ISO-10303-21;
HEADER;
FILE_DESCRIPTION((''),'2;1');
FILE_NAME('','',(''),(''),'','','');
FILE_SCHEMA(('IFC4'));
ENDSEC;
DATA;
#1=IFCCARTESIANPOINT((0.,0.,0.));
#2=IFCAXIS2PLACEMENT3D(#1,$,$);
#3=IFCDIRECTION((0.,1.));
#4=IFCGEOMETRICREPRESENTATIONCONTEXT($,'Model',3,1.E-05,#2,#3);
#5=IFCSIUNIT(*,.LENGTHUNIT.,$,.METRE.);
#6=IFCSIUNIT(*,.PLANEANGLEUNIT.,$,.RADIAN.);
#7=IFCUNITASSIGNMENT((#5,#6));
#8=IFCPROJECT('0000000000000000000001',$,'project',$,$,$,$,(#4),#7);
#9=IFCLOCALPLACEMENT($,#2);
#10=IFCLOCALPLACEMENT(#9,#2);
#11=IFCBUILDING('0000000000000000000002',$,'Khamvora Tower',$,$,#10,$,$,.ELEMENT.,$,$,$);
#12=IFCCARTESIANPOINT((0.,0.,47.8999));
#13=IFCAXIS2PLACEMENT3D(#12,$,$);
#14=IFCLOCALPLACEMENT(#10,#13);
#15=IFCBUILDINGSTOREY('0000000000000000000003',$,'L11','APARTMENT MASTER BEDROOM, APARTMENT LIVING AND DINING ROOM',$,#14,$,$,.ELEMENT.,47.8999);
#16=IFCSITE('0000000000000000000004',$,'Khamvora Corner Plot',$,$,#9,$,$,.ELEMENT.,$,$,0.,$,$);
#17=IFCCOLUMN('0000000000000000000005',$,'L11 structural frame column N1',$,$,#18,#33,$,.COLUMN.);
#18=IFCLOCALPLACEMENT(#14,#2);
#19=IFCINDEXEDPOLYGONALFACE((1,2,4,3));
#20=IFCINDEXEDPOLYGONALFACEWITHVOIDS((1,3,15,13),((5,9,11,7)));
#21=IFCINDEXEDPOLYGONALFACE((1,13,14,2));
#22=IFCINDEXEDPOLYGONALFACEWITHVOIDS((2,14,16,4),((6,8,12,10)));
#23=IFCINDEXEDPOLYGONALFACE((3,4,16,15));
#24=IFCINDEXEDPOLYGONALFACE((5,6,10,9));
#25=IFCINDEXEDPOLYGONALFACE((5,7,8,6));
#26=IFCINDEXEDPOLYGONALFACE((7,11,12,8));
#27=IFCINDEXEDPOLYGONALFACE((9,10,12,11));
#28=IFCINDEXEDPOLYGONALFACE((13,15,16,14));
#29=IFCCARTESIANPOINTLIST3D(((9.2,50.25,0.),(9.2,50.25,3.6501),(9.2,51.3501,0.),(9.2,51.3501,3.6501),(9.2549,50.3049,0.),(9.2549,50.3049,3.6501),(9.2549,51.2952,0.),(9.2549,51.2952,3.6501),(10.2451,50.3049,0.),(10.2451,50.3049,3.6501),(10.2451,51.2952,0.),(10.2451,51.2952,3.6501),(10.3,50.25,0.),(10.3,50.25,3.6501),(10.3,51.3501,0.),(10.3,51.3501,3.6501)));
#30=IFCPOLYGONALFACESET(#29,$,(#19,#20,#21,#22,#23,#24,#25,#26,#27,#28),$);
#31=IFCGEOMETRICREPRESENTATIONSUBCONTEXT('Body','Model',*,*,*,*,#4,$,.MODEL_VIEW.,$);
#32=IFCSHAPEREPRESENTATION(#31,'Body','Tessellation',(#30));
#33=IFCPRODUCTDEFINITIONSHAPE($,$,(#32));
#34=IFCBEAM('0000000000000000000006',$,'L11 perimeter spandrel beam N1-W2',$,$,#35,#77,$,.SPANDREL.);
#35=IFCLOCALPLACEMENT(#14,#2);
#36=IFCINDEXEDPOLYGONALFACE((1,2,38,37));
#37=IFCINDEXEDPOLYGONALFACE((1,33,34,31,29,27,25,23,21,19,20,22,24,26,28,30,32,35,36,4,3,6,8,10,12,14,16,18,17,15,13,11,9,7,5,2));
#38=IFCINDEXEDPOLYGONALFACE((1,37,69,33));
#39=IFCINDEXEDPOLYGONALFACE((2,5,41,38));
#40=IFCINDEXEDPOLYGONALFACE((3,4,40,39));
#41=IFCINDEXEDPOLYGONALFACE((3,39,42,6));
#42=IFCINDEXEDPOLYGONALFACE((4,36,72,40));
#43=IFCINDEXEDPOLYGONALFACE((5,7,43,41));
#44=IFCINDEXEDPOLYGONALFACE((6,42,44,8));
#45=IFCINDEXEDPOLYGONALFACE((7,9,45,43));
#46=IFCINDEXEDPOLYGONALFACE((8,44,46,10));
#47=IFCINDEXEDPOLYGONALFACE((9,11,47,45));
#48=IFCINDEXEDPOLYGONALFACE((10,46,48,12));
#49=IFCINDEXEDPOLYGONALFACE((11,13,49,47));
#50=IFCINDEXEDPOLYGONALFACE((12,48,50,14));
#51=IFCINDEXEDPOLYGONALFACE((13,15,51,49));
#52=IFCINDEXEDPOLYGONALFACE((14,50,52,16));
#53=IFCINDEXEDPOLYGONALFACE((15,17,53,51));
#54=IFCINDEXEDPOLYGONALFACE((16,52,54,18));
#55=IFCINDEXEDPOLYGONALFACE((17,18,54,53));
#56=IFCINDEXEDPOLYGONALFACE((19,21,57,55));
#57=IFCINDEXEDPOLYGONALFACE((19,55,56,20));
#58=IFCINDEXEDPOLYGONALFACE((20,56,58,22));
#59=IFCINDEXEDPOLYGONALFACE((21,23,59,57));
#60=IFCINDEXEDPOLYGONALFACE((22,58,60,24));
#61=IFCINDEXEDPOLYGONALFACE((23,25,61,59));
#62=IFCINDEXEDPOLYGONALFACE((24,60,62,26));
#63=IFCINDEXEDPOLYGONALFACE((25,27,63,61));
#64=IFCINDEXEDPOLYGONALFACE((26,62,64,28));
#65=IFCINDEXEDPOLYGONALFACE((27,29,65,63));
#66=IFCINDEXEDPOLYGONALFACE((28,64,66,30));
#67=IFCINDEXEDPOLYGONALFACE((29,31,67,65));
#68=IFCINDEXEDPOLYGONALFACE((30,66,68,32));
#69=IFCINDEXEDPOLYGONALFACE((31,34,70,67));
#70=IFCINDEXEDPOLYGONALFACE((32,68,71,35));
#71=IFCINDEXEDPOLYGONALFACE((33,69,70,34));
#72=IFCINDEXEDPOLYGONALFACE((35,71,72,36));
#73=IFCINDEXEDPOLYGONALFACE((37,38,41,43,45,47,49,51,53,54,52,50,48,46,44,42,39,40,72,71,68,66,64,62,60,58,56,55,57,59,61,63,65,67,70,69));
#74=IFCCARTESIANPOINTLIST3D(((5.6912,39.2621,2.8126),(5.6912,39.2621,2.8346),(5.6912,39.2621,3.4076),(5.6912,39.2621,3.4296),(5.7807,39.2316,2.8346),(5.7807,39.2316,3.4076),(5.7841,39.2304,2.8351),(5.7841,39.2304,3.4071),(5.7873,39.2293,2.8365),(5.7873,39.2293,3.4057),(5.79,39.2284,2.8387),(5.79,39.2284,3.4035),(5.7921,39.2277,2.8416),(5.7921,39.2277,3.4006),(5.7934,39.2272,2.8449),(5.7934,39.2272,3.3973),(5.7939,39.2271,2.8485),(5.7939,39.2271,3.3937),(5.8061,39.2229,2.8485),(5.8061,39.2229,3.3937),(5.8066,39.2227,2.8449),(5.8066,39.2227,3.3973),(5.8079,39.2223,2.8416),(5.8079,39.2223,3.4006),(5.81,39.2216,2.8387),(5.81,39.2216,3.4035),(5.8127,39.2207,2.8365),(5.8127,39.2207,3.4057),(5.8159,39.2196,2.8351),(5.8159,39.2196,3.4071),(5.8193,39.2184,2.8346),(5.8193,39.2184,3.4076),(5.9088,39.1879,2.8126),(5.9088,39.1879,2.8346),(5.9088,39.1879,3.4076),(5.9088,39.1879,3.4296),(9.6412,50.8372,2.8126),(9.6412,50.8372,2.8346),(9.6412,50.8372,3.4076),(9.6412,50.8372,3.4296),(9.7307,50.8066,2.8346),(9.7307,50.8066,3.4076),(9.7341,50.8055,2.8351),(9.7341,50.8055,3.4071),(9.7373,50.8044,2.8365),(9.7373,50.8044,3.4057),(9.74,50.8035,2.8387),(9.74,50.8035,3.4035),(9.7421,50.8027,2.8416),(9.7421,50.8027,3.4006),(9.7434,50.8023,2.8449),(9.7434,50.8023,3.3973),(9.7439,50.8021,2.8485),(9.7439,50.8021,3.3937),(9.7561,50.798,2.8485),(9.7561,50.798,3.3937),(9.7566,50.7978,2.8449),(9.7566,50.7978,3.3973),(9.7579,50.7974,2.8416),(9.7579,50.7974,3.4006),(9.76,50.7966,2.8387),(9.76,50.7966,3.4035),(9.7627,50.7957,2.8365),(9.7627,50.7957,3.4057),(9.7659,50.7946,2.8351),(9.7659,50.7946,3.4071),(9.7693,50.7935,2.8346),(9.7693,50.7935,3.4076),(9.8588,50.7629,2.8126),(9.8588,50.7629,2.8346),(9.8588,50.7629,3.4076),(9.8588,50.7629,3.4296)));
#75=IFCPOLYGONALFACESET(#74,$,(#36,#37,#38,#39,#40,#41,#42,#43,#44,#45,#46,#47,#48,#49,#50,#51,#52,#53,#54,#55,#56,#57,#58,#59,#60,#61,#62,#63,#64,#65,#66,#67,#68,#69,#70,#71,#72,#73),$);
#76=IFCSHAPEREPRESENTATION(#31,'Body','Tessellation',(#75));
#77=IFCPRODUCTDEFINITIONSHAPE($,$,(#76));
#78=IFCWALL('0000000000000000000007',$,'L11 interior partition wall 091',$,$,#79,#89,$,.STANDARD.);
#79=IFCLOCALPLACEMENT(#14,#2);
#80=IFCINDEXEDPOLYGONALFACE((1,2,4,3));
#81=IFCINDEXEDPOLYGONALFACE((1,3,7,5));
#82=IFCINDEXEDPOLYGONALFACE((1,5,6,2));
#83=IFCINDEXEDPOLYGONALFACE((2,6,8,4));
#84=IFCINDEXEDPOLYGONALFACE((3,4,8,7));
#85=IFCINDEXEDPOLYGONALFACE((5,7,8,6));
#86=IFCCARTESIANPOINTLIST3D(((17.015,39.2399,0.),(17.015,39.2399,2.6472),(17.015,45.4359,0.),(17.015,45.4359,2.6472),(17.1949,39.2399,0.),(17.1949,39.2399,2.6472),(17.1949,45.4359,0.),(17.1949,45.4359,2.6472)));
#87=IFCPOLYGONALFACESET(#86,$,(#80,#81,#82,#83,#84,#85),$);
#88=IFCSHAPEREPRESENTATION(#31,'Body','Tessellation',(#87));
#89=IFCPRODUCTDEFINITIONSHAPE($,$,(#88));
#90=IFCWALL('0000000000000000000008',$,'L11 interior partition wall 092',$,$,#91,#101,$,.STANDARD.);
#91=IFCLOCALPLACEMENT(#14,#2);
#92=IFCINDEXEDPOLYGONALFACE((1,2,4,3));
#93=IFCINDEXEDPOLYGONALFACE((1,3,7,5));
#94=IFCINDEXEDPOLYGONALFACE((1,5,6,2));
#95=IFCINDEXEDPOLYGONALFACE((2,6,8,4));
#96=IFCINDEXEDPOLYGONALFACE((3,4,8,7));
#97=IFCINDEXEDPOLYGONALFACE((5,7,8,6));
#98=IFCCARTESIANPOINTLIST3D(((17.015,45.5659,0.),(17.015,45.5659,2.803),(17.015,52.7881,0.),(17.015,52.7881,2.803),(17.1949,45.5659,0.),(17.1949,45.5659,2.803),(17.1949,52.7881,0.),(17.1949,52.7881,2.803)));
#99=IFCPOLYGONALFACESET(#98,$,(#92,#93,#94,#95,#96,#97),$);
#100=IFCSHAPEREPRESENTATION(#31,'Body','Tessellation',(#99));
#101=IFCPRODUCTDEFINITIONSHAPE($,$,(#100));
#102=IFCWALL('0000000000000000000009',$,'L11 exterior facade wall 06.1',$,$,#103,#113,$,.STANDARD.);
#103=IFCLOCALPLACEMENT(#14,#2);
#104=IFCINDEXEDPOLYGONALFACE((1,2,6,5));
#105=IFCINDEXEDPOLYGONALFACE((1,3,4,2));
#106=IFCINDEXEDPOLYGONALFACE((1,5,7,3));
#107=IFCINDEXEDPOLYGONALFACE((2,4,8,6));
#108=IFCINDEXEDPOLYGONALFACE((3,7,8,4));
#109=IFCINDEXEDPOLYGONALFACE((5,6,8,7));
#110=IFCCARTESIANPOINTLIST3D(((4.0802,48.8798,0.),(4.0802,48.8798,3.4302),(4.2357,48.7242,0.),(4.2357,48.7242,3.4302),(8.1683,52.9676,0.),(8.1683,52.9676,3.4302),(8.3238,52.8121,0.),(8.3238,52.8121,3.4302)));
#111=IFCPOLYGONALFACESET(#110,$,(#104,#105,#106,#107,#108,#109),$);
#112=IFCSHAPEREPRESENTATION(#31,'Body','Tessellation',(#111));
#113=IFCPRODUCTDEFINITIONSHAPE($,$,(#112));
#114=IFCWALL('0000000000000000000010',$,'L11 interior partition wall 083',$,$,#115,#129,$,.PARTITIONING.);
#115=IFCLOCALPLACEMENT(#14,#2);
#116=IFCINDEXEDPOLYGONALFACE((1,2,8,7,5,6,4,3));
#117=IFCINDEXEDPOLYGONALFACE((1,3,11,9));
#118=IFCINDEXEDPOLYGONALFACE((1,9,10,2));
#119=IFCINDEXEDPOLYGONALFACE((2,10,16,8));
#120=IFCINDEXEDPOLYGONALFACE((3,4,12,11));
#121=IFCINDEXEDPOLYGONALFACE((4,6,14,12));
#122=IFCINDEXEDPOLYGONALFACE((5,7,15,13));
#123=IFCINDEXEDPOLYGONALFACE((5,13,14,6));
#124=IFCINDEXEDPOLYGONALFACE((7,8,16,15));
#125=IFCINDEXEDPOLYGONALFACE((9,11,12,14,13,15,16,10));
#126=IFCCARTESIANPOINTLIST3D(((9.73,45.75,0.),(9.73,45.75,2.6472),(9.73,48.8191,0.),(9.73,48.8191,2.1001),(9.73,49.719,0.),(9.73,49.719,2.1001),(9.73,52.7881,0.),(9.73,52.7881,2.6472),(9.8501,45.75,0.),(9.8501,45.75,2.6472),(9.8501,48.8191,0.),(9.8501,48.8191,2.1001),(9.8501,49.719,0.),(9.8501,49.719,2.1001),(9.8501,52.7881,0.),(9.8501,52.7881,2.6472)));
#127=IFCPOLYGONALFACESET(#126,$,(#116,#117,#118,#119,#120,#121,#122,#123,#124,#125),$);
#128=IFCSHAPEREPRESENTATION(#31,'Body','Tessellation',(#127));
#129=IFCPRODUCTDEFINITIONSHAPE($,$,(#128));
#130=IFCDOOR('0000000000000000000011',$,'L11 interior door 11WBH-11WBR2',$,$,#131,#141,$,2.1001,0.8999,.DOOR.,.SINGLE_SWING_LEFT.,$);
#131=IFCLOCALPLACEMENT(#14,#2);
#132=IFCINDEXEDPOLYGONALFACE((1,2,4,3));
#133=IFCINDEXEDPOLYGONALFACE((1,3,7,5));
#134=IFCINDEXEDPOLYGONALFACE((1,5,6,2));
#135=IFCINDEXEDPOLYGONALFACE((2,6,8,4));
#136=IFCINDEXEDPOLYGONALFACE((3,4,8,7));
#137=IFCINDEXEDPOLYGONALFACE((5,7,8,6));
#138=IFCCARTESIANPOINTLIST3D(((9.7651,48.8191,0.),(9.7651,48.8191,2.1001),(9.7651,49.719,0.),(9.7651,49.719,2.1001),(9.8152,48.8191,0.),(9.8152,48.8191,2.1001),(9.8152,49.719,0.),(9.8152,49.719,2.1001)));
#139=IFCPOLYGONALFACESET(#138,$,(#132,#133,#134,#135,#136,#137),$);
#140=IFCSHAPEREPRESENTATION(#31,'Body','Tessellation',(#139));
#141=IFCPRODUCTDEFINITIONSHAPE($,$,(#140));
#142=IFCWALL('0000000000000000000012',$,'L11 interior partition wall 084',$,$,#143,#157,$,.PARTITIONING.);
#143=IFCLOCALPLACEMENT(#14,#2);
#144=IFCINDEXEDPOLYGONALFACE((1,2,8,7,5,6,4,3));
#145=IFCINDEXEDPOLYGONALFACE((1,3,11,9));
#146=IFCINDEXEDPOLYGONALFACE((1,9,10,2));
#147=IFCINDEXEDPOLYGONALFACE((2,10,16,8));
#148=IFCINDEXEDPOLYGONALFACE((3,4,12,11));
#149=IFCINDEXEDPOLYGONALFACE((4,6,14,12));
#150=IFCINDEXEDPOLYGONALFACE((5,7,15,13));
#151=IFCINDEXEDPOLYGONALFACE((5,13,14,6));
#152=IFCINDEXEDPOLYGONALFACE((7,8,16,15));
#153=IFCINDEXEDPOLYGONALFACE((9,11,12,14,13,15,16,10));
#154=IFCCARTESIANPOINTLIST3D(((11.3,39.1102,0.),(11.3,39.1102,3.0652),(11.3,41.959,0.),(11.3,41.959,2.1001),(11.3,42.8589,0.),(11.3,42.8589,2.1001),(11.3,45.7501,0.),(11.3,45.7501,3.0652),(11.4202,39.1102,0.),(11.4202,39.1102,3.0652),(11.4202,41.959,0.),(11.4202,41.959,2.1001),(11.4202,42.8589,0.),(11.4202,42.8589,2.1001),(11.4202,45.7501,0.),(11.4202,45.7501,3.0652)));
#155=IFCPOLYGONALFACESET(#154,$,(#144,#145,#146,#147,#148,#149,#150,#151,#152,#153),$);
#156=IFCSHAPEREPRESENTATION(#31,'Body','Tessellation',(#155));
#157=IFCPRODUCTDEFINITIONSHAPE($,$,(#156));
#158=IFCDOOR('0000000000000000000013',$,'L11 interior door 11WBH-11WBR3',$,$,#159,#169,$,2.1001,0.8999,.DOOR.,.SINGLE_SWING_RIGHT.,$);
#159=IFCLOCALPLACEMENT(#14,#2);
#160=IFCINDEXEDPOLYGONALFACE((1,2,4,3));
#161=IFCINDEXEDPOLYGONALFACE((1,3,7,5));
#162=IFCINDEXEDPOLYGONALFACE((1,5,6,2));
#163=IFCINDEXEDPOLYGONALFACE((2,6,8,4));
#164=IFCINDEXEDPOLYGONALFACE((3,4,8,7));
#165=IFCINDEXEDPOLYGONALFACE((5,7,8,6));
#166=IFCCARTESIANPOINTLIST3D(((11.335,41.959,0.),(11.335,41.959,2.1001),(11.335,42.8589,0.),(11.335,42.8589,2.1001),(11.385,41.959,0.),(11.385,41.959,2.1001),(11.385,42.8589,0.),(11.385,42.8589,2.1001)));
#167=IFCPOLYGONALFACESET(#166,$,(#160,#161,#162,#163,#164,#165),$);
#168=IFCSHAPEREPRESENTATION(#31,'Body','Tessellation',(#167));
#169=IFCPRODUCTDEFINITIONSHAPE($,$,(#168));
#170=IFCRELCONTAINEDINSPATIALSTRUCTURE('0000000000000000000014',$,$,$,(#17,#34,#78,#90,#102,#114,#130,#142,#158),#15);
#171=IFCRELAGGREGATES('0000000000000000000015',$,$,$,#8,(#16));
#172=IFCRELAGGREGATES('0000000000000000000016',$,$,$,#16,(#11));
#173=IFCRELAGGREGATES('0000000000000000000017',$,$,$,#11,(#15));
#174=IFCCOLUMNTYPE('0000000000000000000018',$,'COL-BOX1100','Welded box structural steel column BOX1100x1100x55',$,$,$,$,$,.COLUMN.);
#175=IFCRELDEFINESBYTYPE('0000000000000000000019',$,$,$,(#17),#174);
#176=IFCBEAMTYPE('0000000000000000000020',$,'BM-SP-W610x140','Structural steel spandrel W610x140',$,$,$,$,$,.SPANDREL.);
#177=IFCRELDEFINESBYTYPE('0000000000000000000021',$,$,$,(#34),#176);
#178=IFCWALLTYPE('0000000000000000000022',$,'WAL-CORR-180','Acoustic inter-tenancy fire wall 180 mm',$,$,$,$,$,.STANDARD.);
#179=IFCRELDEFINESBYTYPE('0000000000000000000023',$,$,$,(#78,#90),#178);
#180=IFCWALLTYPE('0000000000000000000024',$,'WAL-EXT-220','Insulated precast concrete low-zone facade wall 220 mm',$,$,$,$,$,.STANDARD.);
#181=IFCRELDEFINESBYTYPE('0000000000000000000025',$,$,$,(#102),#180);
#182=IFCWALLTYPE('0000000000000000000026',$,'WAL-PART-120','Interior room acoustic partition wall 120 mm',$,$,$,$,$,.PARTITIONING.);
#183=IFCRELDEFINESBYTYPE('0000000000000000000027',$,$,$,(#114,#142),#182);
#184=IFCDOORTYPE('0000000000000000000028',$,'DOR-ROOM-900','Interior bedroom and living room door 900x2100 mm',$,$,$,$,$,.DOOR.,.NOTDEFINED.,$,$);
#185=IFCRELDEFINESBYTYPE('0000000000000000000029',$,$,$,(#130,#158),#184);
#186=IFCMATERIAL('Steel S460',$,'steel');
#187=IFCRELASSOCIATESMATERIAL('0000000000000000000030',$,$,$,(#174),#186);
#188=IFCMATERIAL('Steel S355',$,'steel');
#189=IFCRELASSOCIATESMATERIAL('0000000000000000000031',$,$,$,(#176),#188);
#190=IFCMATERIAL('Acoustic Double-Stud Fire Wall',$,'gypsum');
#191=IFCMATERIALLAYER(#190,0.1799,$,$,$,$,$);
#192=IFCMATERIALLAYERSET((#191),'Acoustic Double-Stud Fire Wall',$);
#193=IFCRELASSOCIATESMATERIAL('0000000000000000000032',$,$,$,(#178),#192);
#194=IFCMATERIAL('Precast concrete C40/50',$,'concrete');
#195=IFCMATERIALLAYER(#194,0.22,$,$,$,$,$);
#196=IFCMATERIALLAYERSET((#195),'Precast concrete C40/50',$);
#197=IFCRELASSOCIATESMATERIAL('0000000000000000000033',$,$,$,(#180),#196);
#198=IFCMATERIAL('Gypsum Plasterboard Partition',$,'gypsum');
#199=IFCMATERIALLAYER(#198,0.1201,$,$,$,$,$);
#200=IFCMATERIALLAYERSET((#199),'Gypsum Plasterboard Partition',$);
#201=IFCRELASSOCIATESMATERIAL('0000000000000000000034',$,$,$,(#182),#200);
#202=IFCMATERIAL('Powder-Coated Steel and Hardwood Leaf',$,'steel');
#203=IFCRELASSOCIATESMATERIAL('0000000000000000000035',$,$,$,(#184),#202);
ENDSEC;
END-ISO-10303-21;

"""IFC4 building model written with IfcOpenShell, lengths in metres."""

from ifc_helpers import new_model, si_unit, direction, frame, frame_2d, origin, origin_2d, place, context, subcontext, project, spatial, rectangle, hollow_rectangle, i_section, extrude, material, layer, layer_set, material_profile, profile_set, type_object, element, fill, save


model = new_model("IFC4")

# Units and contexts
model_context = context("Model", 3, precision=1e-05, world=origin(), true_north=direction((0.0, 1.0)))
body_context = subcontext(model_context, "Body", "Model", "MODEL_VIEW")
ifc_project = project(units=[si_unit("LENGTHUNIT", "METRE"), si_unit("PLANEANGLEUNIT", "RADIAN")], contexts=[model_context])

# Site, building, storey
site_placement = place(None, origin())
site = spatial("IfcSite", under=ifc_project, at=site_placement, Name="Khamvora Corner Plot", CompositionType="ELEMENT", RefElevation=0.0)
building_placement = place(site_placement, origin())
building = spatial("IfcBuilding", under=site, at=building_placement, Name="Khamvora Tower", CompositionType="ELEMENT")
storey_placement = place(building_placement, frame((0.0, 0.0, 47.8999)))
storey = spatial("IfcBuildingStorey", under=building, at=storey_placement, Name="L11", Description="APARTMENT MASTER BEDROOM, APARTMENT LIVING AND DINING ROOM", CompositionType="ELEMENT", Elevation=47.8999)

# Column
ifc_material_1 = material(Name="Steel S460", Category="steel")
ifc_material_profile_1 = material_profile(ifc_material_1, hollow_rectangle(XDim=1.1001, YDim=1.1001, WallThickness=0.0549, at=origin_2d()), Name="BOX1100x1100x55")
ifc_profile_set_1 = profile_set([ifc_material_profile_1], Name="Steel S460")
column_type = type_object("IfcColumnType", Name="COL-BOX1100", Description="Welded box structural steel column BOX1100x1100x55", PredefinedType="COLUMN", material=ifc_profile_set_1)
column_placement = place(storey_placement, frame((9.75, 50.8, 0.0), z_axis=(0.0, 0.0, 1.0), x_axis=(1.0, 0.0, 0.0)))
element("IfcColumn", 1, at=column_placement, inside=storey, type_object=column_type, Name="L11 structural frame column N1", PredefinedType="COLUMN", context=body_context, shape_type="SweptSolid", body=[
    extrude(hollow_rectangle(XDim=1.1001, YDim=1.1001, WallThickness=0.0549, at=origin_2d()), origin(), (0.0, 0.0, 1.0), 3.6501),
])

# Beam
ifc_material_2 = material(Name="Steel S355", Category="steel")
ifc_material_profile_2 = material_profile(ifc_material_2, i_section(OverallWidth=0.23, OverallDepth=0.6169, WebThickness=0.0129, FlangeThickness=0.022, FilletRadius=0.0139, at=origin_2d()), Name="W610x140")
ifc_profile_set_2 = profile_set([ifc_material_profile_2], Name="Steel S355")
beam_type = type_object("IfcBeamType", Name="BM-SP-W610x140", Description="Structural steel spandrel W610x140", PredefinedType="SPANDREL", material=ifc_profile_set_2)
beam_placement = place(storey_placement, frame((9.75, 50.8, 3.1211), z_axis=(-0.322963, -0.946412, 0.0), x_axis=(0.946412, -0.322963, 0.0)))
element("IfcBeam", 2, at=beam_placement, inside=storey, type_object=beam_type, Name="L11 perimeter spandrel beam N1-W2", PredefinedType="SPANDREL", context=body_context, shape_type="SweptSolid", body=[
    extrude(i_section(OverallWidth=0.23, OverallDepth=0.6169, WebThickness=0.0129, FlangeThickness=0.022, FilletRadius=0.0139, at=origin_2d()), origin(), (0.0, 0.0, 1.0), 12.2305),
])

# Walls
ifc_material_3 = material(Name="Acoustic Double-Stud Fire Wall", Category="gypsum")
ifc_layer_1 = layer(ifc_material_3, 0.1799)
ifc_layer_set_1 = layer_set([ifc_layer_1], Name="Acoustic Double-Stud Fire Wall")
wall_type_1 = type_object("IfcWallType", Name="WAL-CORR-180", Description="Acoustic inter-tenancy fire wall 180 mm", PredefinedType="STANDARD", material=ifc_layer_set_1)
wall_1_placement = place(storey_placement, frame((17.105, 45.436, 0.0), z_axis=(0.0, 0.0, 1.0), x_axis=(0.0, -1.0, 0.0)))
element("IfcWall", 3, at=wall_1_placement, inside=storey, type_object=wall_type_1, Name="L11 interior partition wall 091", PredefinedType="STANDARD", context=body_context, shape_type="SweptSolid", body=[
    extrude(rectangle(XDim=6.196, YDim=0.1799, at=frame_2d((3.0981, 0.0))), origin(), (0.0, 0.0, 1.0), 2.6472),
])
wall_2_placement = place(storey_placement, frame((17.105, 52.7881, 0.0), z_axis=(0.0, 0.0, 1.0), x_axis=(0.0, -1.0, 0.0)))
element("IfcWall", 4, at=wall_2_placement, inside=storey, type_object=wall_type_1, Name="L11 interior partition wall 092", PredefinedType="STANDARD", context=body_context, shape_type="SweptSolid", body=[
    extrude(rectangle(XDim=7.2222, YDim=0.1799, at=frame_2d((3.6111, 0.0))), origin(), (0.0, 0.0, 1.0), 2.803),
])
ifc_material_4 = material(Name="Precast concrete C40/50", Category="concrete")
ifc_layer_2 = layer(ifc_material_4, 0.22)
ifc_layer_set_2 = layer_set([ifc_layer_2], Name="Precast concrete C40/50")
wall_type_2 = type_object("IfcWallType", Name="WAL-EXT-220", Description="Insulated precast concrete low-zone facade wall 220 mm", PredefinedType="STANDARD", material=ifc_layer_set_2)
wall_3_placement = place(storey_placement, frame((4.158, 48.802, 0.0), z_axis=(0.0, 0.0, 1.0), x_axis=(0.707128, 0.707086, 0.0)))
element("IfcWall", 5, at=wall_3_placement, inside=storey, type_object=wall_type_2, Name="L11 exterior facade wall 06.1", PredefinedType="STANDARD", context=body_context, shape_type="SweptSolid", body=[
    extrude(rectangle(XDim=5.7812, YDim=0.22, at=frame_2d((2.8906, 0.0))), origin(), (0.0, 0.0, 1.0), 3.4302),
])

# Walls, openings, doors
ifc_material_5 = material(Name="Gypsum Plasterboard Partition", Category="gypsum")
ifc_layer_3 = layer(ifc_material_5, 0.1201)
ifc_layer_set_3 = layer_set([ifc_layer_3], Name="Gypsum Plasterboard Partition")
wall_type_3 = type_object("IfcWallType", Name="WAL-PART-120", Description="Interior room acoustic partition wall 120 mm", PredefinedType="PARTITIONING", material=ifc_layer_set_3)
wall_4_placement = place(storey_placement, frame((9.79, 45.75, 0.0), z_axis=(0.0, 0.0, 1.0), x_axis=(0.0, 1.0, 0.0)))
wall_4 = element("IfcWall", 6, at=wall_4_placement, inside=storey, type_object=wall_type_3, Name="L11 interior partition wall 083", PredefinedType="PARTITIONING", context=body_context, shape_type="SweptSolid", body=[
    extrude(rectangle(XDim=7.0381, YDim=0.1201, at=frame_2d((3.519, 0.0))), origin(), (0.0, 0.0, 1.0), 2.6472),
])
opening_1_placement = place(wall_4_placement, frame((3.0691, 0.0, 0.0)))
opening_1 = element("IfcOpeningElement", 7, at=opening_1_placement, cuts=wall_4, PredefinedType="OPENING", context=body_context, shape_type="SweptSolid", body=[
    extrude(rectangle(XDim=0.8999, YDim=2.1001, at=frame_2d((0.45, 1.05))), frame((0.0, 0.0701, 0.0), z_axis=(0.0, -1.0, 0.0), x_axis=(1.0, 0.0, 0.0)), (0.0, 0.0, 1.0), 0.1401),
])
ifc_material_6 = material(Name="Powder-Coated Steel and Hardwood Leaf", Category="steel")
door_type = type_object("IfcDoorType", Name="DOR-ROOM-900", Description="Interior bedroom and living room door 900x2100 mm", OperationType="NOTDEFINED", PredefinedType="DOOR", material=ifc_material_6)
door_1_placement = place(opening_1_placement, origin())
door_1 = element("IfcDoor", 8, at=door_1_placement, inside=storey, type_object=door_type, Name="L11 interior door 11WBH-11WBR2", OperationType="SINGLE_SWING_LEFT", OverallHeight=2.1001, OverallWidth=0.8999, PredefinedType="DOOR", context=body_context, shape_type="SweptSolid", body=[
    extrude(rectangle(XDim=0.8999, YDim=2.1001, at=frame_2d((0.45, 1.05))), frame((0.0, 0.0249, 0.0), z_axis=(0.0, -1.0, 0.0), x_axis=(1.0, 0.0, 0.0)), (0.0, 0.0, 1.0), 0.05),
])
fill(opening_1, door_1)
wall_5_placement = place(storey_placement, frame((11.3601, 45.75, 0.0), z_axis=(0.0, 0.0, 1.0), x_axis=(0.0, -1.0, 0.0)))
wall_5 = element("IfcWall", 9, at=wall_5_placement, inside=storey, type_object=wall_type_3, Name="L11 interior partition wall 084", PredefinedType="PARTITIONING", context=body_context, shape_type="SweptSolid", body=[
    extrude(rectangle(XDim=6.6399, YDim=0.1201, at=frame_2d((3.3198, 0.0))), origin(), (0.0, 0.0, 1.0), 3.0652),
])
opening_2_placement = place(wall_5_placement, frame((2.8911, 0.0, 0.0)))
opening_2 = element("IfcOpeningElement", 10, at=opening_2_placement, cuts=wall_5, PredefinedType="OPENING", context=body_context, shape_type="SweptSolid", body=[
    extrude(rectangle(XDim=0.8999, YDim=2.1001, at=frame_2d((0.45, 1.05))), frame((0.0, 0.0701, 0.0), z_axis=(0.0, -1.0, 0.0), x_axis=(1.0, 0.0, 0.0)), (0.0, 0.0, 1.0), 0.1401),
])
door_2_placement = place(opening_2_placement, origin())
door_2 = element("IfcDoor", 11, at=door_2_placement, inside=storey, type_object=door_type, Name="L11 interior door 11WBH-11WBR3", OperationType="SINGLE_SWING_RIGHT", OverallHeight=2.1001, OverallWidth=0.8999, PredefinedType="DOOR", context=body_context, shape_type="SweptSolid", body=[
    extrude(rectangle(XDim=0.8999, YDim=2.1001, at=frame_2d((0.45, 1.05))), frame((0.0, 0.0249, 0.0), z_axis=(0.0, -1.0, 0.0), x_axis=(1.0, 0.0, 0.0)), (0.0, 0.0, 1.0), 0.05),
])
fill(opening_2, door_2)

save(model, "model.ifc")
